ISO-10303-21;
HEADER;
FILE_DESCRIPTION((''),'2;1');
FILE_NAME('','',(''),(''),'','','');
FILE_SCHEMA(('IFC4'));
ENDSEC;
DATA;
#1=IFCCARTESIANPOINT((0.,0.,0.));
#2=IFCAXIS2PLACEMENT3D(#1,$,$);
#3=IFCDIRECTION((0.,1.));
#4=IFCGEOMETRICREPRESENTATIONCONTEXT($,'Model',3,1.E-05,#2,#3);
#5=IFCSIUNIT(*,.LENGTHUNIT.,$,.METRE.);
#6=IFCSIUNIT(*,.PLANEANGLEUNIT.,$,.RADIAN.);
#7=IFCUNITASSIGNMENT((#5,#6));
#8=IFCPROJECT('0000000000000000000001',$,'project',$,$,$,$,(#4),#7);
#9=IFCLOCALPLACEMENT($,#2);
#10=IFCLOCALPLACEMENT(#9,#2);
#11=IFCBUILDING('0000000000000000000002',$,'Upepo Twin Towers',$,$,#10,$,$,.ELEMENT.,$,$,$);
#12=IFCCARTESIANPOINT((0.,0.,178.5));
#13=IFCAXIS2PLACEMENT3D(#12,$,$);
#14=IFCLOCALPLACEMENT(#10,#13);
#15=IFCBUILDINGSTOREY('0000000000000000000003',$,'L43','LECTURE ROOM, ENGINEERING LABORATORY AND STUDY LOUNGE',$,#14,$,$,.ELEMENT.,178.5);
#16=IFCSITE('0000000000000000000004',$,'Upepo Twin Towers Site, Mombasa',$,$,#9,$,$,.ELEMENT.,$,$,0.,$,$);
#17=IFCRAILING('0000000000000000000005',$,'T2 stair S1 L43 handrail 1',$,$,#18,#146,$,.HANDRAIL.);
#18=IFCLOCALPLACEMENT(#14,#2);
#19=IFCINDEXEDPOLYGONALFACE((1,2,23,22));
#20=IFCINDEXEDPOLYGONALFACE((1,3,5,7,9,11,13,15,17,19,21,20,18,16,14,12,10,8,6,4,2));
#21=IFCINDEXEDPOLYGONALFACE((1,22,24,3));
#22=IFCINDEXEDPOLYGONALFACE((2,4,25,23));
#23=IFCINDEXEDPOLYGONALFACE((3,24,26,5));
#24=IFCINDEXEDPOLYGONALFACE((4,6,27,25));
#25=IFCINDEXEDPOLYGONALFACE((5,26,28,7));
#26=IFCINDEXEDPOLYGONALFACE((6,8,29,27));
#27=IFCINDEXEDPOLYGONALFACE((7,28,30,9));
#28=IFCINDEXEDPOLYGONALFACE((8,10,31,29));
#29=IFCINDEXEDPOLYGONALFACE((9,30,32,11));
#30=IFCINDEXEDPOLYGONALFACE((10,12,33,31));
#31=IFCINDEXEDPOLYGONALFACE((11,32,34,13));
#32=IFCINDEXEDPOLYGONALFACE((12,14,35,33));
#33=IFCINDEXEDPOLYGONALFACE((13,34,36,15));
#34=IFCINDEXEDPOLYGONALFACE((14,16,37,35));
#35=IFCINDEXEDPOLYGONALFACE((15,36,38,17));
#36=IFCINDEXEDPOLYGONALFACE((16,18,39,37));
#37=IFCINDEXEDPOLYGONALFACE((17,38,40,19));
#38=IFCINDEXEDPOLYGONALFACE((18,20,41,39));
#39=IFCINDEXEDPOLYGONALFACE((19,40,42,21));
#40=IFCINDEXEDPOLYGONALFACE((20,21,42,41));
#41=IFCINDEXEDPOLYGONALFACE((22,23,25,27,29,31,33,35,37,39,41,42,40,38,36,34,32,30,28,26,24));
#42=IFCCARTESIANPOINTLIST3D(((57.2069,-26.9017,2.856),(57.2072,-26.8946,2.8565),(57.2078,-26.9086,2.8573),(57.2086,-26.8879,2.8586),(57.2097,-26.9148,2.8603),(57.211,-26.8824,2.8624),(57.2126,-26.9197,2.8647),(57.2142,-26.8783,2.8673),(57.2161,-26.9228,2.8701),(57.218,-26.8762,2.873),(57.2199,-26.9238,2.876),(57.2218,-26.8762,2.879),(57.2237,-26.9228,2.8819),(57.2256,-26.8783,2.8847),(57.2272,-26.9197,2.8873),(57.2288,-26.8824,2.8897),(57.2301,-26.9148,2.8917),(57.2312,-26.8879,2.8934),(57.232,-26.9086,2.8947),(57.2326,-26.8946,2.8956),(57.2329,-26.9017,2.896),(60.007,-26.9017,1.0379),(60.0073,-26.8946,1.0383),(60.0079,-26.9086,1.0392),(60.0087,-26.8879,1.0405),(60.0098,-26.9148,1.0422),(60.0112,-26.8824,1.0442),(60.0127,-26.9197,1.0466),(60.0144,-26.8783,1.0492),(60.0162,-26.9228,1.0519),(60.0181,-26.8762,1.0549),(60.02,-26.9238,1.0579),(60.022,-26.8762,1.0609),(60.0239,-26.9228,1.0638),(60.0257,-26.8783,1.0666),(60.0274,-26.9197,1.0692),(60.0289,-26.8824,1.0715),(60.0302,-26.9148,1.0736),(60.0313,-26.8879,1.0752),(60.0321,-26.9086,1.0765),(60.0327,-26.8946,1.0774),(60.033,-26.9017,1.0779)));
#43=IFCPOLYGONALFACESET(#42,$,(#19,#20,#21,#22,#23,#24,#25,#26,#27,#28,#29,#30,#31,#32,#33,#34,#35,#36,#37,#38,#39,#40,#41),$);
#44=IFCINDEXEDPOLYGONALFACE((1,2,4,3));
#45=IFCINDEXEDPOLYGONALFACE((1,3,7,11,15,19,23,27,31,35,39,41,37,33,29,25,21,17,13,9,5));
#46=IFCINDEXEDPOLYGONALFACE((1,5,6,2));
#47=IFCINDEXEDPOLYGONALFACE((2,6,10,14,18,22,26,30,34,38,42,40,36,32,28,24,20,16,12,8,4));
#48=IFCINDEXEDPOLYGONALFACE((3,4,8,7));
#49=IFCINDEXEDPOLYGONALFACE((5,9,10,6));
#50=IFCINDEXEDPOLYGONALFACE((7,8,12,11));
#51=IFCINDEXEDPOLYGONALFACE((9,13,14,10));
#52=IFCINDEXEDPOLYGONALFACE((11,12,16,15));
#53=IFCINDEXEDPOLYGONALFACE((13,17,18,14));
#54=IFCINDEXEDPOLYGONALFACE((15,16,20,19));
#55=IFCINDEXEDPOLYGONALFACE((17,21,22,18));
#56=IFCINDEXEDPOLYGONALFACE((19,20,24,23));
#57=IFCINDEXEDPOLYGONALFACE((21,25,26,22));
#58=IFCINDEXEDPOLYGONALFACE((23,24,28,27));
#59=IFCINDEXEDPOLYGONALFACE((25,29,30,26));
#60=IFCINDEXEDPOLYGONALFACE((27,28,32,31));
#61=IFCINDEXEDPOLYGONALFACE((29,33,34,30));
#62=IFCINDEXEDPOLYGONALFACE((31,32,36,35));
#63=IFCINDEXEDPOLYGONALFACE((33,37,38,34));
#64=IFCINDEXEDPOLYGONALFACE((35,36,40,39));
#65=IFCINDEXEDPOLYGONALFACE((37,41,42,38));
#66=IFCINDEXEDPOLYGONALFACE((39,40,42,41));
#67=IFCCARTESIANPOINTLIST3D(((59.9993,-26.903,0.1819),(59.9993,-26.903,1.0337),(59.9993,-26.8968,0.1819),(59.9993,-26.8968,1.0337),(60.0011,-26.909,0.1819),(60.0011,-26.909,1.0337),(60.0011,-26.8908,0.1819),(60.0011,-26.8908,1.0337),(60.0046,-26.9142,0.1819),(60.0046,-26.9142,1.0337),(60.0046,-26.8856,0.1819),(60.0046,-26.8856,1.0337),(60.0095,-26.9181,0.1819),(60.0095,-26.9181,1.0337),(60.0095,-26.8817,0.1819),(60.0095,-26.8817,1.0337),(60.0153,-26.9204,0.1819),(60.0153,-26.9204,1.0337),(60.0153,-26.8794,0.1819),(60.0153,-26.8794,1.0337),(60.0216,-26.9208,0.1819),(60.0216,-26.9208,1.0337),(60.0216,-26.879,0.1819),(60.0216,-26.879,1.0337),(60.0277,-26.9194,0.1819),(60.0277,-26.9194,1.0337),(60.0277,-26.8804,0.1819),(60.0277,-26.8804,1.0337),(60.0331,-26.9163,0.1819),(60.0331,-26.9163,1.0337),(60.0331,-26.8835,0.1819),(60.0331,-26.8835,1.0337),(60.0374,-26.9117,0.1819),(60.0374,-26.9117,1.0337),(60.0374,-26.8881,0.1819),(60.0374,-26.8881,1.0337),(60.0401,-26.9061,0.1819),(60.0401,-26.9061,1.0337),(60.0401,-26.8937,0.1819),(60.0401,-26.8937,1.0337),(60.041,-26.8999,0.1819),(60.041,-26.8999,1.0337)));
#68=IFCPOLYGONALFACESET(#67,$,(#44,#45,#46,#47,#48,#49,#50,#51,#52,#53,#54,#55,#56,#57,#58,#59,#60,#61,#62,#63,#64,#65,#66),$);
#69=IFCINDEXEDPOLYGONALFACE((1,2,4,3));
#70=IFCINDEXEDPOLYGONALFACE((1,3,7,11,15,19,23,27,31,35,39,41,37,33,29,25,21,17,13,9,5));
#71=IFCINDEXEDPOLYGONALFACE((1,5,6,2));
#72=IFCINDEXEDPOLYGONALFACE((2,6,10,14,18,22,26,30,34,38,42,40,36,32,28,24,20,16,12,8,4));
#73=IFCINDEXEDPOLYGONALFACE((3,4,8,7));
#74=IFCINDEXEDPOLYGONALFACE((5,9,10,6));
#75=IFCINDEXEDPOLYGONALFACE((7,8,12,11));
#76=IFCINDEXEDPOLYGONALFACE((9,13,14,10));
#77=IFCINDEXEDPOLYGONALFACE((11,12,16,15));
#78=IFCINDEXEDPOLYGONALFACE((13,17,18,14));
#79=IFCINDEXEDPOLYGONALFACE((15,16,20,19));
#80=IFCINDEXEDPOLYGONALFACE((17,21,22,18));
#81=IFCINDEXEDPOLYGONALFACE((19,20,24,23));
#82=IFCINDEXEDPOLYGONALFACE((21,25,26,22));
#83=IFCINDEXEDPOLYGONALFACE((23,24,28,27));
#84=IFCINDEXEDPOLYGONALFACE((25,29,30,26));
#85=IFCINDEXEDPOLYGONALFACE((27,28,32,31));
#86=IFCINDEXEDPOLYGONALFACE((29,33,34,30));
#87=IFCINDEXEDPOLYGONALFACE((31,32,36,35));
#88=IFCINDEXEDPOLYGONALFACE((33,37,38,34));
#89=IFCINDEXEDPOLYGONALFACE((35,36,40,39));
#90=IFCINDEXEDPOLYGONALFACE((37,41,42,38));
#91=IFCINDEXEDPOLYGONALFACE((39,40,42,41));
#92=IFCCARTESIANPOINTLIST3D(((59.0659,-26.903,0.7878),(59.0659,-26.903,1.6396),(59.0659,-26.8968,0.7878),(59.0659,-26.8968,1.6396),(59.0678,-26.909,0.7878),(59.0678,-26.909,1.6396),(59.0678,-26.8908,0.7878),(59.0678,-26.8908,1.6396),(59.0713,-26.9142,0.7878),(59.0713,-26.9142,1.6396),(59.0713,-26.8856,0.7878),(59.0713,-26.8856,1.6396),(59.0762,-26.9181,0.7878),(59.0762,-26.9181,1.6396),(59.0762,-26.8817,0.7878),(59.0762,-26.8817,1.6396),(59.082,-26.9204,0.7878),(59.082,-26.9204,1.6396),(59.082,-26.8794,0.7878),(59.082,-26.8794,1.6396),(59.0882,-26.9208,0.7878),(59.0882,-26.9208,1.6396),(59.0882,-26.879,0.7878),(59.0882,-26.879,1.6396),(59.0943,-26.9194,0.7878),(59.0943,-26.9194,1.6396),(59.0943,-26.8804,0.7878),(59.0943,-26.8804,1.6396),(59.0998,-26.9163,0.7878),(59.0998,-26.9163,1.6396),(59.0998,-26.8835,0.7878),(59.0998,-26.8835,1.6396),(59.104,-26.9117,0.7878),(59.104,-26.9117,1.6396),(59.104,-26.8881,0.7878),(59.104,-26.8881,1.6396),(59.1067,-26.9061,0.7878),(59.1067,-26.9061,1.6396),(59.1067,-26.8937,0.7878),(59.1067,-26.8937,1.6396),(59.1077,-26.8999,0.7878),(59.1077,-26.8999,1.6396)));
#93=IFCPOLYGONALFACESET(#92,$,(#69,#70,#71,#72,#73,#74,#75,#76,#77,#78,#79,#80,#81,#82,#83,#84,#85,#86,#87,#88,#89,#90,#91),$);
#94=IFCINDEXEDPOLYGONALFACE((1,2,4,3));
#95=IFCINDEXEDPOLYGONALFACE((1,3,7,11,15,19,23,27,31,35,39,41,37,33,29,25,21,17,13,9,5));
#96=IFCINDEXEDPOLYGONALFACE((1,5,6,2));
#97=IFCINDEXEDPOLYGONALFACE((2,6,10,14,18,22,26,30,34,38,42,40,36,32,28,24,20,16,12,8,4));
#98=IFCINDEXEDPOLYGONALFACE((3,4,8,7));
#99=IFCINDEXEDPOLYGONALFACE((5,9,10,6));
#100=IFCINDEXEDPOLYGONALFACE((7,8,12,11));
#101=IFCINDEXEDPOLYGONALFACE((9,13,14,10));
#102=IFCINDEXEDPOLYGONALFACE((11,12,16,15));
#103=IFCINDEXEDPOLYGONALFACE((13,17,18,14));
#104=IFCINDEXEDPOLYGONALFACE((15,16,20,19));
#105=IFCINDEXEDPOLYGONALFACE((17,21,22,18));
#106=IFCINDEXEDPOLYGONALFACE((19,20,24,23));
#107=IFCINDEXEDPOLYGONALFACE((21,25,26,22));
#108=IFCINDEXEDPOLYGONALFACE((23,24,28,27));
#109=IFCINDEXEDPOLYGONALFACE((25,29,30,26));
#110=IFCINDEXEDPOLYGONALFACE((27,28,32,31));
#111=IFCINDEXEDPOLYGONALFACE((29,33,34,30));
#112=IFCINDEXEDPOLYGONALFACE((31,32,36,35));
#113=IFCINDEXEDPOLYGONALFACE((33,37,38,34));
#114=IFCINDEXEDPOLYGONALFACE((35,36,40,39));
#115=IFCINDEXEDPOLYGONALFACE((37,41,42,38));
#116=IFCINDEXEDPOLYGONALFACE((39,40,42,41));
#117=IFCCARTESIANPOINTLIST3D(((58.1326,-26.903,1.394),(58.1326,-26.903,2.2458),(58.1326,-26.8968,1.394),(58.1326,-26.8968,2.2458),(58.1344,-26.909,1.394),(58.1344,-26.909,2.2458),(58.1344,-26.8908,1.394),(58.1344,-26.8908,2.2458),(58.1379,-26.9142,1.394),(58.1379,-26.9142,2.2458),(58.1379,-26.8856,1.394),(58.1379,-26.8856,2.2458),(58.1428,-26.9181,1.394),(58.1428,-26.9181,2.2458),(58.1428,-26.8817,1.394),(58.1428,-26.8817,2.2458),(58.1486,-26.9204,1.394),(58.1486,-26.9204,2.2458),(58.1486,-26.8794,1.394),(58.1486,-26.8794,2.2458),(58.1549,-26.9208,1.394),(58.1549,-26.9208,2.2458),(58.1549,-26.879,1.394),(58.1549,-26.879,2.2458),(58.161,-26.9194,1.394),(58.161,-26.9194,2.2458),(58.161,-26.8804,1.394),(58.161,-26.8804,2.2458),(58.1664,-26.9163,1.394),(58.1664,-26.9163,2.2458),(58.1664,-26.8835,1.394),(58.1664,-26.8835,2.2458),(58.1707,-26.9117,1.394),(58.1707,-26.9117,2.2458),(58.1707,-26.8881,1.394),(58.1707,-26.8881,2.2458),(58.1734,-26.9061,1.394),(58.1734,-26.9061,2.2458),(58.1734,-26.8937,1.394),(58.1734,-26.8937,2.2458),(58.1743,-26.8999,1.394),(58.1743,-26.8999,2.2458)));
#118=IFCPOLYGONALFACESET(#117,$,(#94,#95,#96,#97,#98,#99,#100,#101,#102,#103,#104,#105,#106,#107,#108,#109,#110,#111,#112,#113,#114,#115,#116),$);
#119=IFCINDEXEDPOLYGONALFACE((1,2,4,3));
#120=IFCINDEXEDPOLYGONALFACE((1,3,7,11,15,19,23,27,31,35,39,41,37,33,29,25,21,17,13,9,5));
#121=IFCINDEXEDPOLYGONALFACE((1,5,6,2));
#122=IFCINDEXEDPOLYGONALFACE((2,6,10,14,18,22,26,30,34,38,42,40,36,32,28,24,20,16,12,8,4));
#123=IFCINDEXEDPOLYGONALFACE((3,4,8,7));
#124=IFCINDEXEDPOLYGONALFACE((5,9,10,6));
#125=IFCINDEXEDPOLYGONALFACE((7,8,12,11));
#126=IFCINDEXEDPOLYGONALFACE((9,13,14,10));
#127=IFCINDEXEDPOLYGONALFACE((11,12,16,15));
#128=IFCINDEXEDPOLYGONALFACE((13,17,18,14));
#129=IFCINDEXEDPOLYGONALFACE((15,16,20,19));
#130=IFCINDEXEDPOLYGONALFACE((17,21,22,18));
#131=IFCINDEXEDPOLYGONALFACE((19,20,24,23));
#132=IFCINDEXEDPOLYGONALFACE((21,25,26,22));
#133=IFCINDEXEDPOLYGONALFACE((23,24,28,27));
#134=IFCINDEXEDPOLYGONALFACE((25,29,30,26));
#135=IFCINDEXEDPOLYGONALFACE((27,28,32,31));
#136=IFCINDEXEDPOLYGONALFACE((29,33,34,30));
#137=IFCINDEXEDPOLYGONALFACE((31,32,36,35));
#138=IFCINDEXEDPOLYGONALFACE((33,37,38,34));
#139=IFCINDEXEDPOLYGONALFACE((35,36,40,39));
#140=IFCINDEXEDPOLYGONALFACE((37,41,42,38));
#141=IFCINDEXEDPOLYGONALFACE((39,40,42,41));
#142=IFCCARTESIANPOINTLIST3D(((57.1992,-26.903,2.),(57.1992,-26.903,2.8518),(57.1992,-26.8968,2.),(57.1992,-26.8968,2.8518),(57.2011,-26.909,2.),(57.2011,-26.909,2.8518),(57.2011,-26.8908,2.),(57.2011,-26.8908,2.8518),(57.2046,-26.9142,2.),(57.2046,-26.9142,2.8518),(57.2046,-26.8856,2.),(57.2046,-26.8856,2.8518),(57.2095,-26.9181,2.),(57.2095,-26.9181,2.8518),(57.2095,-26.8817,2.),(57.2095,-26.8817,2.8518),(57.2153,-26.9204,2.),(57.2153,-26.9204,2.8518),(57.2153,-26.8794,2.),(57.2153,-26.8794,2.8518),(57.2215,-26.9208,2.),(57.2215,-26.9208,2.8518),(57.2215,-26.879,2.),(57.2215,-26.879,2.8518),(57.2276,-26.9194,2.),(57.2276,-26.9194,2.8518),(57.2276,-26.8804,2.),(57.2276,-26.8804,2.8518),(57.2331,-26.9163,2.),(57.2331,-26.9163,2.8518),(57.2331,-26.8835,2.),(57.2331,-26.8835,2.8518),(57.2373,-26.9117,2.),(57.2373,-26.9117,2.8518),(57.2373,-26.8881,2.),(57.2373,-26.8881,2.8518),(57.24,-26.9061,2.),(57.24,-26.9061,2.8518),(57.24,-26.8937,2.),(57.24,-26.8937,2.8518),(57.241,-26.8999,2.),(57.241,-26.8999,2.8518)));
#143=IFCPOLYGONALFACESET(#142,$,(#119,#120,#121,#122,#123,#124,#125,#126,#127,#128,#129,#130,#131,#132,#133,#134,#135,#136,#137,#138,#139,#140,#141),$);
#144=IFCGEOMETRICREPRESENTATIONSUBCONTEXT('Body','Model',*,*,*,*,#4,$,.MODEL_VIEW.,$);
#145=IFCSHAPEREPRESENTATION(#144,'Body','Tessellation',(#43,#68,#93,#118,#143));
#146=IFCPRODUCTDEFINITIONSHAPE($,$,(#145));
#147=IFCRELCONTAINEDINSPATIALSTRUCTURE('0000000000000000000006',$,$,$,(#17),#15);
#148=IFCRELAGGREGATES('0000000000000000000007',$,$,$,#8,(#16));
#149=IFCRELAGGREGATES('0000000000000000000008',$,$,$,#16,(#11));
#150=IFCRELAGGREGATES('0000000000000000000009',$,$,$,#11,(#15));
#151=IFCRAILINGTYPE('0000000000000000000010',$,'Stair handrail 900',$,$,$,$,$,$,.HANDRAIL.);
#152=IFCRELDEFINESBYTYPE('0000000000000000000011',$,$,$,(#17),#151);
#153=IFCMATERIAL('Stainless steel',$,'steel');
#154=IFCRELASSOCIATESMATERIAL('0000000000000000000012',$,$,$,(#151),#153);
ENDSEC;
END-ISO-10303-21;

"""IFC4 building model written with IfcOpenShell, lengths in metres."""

from ifc_helpers import new_model, si_unit, direction, frame, origin, origin_2d, place, context, subcontext, project, spatial, circle, extrude, material, type_object, element, save


model = new_model("IFC4")

# Units and contexts
model_context = context("Model", 3, precision=1e-05, world=origin(), true_north=direction((0.0, 1.0)))
body_context = subcontext(model_context, "Body", "Model", "MODEL_VIEW")
ifc_project = project(units=[si_unit("LENGTHUNIT", "METRE"), si_unit("PLANEANGLEUNIT", "RADIAN")], contexts=[model_context])

# Site, building, storey
site_placement = place(None, origin())
site = spatial("IfcSite", under=ifc_project, at=site_placement, Name="Upepo Twin Towers Site, Mombasa", CompositionType="ELEMENT", RefElevation=0.0)
building_placement = place(site_placement, origin())
building = spatial("IfcBuilding", under=site, at=building_placement, Name="Upepo Twin Towers", CompositionType="ELEMENT")
storey_placement = place(building_placement, frame((0.0, 0.0, 178.5)))
storey = spatial("IfcBuildingStorey", under=building, at=storey_placement, Name="L43", Description="LECTURE ROOM, ENGINEERING LABORATORY AND STUDY LOUNGE", CompositionType="ELEMENT", Elevation=178.5)

# Railing
ifc_material_1 = material(Name="Stainless steel", Category="steel")
railing_type = type_object("IfcRailingType", Name="Stair handrail 900", PredefinedType="HANDRAIL", material=ifc_material_1)
railing_1_placement = place(storey_placement, frame((60.02, -26.8999, 0.1819)))
element("IfcRailing", 1, at=railing_1_placement, inside=storey, type_object=railing_type, Name="T2 stair S1 L43 handrail 1", PredefinedType="HANDRAIL", context=body_context, shape_type="SweptSolid", body=[
    extrude(circle(Radius=0.0239, at=origin_2d()), frame((0.0, 0.0, 0.876), z_axis=(-0.838706, 0.0, 0.544585), x_axis=(0.0, -1.0, 0.0)), (0.0, 0.0, 1.0), 3.3386),
    extrude(circle(Radius=0.021, at=origin_2d()), origin(), (0.0, 0.0, 1.0), 0.8518),
    extrude(circle(Radius=0.021, at=origin_2d()), frame((-0.9333, 0.0, 0.606)), (0.0, 0.0, 1.0), 0.8518),
    extrude(circle(Radius=0.021, at=origin_2d()), frame((-1.8667, 0.0, 1.2122)), (0.0, 0.0, 1.0), 0.8518),
    extrude(circle(Radius=0.021, at=origin_2d()), frame((-2.8, 0.0, 1.8181)), (0.0, 0.0, 1.0), 0.8518),
])

save(model, "model.ifc")
